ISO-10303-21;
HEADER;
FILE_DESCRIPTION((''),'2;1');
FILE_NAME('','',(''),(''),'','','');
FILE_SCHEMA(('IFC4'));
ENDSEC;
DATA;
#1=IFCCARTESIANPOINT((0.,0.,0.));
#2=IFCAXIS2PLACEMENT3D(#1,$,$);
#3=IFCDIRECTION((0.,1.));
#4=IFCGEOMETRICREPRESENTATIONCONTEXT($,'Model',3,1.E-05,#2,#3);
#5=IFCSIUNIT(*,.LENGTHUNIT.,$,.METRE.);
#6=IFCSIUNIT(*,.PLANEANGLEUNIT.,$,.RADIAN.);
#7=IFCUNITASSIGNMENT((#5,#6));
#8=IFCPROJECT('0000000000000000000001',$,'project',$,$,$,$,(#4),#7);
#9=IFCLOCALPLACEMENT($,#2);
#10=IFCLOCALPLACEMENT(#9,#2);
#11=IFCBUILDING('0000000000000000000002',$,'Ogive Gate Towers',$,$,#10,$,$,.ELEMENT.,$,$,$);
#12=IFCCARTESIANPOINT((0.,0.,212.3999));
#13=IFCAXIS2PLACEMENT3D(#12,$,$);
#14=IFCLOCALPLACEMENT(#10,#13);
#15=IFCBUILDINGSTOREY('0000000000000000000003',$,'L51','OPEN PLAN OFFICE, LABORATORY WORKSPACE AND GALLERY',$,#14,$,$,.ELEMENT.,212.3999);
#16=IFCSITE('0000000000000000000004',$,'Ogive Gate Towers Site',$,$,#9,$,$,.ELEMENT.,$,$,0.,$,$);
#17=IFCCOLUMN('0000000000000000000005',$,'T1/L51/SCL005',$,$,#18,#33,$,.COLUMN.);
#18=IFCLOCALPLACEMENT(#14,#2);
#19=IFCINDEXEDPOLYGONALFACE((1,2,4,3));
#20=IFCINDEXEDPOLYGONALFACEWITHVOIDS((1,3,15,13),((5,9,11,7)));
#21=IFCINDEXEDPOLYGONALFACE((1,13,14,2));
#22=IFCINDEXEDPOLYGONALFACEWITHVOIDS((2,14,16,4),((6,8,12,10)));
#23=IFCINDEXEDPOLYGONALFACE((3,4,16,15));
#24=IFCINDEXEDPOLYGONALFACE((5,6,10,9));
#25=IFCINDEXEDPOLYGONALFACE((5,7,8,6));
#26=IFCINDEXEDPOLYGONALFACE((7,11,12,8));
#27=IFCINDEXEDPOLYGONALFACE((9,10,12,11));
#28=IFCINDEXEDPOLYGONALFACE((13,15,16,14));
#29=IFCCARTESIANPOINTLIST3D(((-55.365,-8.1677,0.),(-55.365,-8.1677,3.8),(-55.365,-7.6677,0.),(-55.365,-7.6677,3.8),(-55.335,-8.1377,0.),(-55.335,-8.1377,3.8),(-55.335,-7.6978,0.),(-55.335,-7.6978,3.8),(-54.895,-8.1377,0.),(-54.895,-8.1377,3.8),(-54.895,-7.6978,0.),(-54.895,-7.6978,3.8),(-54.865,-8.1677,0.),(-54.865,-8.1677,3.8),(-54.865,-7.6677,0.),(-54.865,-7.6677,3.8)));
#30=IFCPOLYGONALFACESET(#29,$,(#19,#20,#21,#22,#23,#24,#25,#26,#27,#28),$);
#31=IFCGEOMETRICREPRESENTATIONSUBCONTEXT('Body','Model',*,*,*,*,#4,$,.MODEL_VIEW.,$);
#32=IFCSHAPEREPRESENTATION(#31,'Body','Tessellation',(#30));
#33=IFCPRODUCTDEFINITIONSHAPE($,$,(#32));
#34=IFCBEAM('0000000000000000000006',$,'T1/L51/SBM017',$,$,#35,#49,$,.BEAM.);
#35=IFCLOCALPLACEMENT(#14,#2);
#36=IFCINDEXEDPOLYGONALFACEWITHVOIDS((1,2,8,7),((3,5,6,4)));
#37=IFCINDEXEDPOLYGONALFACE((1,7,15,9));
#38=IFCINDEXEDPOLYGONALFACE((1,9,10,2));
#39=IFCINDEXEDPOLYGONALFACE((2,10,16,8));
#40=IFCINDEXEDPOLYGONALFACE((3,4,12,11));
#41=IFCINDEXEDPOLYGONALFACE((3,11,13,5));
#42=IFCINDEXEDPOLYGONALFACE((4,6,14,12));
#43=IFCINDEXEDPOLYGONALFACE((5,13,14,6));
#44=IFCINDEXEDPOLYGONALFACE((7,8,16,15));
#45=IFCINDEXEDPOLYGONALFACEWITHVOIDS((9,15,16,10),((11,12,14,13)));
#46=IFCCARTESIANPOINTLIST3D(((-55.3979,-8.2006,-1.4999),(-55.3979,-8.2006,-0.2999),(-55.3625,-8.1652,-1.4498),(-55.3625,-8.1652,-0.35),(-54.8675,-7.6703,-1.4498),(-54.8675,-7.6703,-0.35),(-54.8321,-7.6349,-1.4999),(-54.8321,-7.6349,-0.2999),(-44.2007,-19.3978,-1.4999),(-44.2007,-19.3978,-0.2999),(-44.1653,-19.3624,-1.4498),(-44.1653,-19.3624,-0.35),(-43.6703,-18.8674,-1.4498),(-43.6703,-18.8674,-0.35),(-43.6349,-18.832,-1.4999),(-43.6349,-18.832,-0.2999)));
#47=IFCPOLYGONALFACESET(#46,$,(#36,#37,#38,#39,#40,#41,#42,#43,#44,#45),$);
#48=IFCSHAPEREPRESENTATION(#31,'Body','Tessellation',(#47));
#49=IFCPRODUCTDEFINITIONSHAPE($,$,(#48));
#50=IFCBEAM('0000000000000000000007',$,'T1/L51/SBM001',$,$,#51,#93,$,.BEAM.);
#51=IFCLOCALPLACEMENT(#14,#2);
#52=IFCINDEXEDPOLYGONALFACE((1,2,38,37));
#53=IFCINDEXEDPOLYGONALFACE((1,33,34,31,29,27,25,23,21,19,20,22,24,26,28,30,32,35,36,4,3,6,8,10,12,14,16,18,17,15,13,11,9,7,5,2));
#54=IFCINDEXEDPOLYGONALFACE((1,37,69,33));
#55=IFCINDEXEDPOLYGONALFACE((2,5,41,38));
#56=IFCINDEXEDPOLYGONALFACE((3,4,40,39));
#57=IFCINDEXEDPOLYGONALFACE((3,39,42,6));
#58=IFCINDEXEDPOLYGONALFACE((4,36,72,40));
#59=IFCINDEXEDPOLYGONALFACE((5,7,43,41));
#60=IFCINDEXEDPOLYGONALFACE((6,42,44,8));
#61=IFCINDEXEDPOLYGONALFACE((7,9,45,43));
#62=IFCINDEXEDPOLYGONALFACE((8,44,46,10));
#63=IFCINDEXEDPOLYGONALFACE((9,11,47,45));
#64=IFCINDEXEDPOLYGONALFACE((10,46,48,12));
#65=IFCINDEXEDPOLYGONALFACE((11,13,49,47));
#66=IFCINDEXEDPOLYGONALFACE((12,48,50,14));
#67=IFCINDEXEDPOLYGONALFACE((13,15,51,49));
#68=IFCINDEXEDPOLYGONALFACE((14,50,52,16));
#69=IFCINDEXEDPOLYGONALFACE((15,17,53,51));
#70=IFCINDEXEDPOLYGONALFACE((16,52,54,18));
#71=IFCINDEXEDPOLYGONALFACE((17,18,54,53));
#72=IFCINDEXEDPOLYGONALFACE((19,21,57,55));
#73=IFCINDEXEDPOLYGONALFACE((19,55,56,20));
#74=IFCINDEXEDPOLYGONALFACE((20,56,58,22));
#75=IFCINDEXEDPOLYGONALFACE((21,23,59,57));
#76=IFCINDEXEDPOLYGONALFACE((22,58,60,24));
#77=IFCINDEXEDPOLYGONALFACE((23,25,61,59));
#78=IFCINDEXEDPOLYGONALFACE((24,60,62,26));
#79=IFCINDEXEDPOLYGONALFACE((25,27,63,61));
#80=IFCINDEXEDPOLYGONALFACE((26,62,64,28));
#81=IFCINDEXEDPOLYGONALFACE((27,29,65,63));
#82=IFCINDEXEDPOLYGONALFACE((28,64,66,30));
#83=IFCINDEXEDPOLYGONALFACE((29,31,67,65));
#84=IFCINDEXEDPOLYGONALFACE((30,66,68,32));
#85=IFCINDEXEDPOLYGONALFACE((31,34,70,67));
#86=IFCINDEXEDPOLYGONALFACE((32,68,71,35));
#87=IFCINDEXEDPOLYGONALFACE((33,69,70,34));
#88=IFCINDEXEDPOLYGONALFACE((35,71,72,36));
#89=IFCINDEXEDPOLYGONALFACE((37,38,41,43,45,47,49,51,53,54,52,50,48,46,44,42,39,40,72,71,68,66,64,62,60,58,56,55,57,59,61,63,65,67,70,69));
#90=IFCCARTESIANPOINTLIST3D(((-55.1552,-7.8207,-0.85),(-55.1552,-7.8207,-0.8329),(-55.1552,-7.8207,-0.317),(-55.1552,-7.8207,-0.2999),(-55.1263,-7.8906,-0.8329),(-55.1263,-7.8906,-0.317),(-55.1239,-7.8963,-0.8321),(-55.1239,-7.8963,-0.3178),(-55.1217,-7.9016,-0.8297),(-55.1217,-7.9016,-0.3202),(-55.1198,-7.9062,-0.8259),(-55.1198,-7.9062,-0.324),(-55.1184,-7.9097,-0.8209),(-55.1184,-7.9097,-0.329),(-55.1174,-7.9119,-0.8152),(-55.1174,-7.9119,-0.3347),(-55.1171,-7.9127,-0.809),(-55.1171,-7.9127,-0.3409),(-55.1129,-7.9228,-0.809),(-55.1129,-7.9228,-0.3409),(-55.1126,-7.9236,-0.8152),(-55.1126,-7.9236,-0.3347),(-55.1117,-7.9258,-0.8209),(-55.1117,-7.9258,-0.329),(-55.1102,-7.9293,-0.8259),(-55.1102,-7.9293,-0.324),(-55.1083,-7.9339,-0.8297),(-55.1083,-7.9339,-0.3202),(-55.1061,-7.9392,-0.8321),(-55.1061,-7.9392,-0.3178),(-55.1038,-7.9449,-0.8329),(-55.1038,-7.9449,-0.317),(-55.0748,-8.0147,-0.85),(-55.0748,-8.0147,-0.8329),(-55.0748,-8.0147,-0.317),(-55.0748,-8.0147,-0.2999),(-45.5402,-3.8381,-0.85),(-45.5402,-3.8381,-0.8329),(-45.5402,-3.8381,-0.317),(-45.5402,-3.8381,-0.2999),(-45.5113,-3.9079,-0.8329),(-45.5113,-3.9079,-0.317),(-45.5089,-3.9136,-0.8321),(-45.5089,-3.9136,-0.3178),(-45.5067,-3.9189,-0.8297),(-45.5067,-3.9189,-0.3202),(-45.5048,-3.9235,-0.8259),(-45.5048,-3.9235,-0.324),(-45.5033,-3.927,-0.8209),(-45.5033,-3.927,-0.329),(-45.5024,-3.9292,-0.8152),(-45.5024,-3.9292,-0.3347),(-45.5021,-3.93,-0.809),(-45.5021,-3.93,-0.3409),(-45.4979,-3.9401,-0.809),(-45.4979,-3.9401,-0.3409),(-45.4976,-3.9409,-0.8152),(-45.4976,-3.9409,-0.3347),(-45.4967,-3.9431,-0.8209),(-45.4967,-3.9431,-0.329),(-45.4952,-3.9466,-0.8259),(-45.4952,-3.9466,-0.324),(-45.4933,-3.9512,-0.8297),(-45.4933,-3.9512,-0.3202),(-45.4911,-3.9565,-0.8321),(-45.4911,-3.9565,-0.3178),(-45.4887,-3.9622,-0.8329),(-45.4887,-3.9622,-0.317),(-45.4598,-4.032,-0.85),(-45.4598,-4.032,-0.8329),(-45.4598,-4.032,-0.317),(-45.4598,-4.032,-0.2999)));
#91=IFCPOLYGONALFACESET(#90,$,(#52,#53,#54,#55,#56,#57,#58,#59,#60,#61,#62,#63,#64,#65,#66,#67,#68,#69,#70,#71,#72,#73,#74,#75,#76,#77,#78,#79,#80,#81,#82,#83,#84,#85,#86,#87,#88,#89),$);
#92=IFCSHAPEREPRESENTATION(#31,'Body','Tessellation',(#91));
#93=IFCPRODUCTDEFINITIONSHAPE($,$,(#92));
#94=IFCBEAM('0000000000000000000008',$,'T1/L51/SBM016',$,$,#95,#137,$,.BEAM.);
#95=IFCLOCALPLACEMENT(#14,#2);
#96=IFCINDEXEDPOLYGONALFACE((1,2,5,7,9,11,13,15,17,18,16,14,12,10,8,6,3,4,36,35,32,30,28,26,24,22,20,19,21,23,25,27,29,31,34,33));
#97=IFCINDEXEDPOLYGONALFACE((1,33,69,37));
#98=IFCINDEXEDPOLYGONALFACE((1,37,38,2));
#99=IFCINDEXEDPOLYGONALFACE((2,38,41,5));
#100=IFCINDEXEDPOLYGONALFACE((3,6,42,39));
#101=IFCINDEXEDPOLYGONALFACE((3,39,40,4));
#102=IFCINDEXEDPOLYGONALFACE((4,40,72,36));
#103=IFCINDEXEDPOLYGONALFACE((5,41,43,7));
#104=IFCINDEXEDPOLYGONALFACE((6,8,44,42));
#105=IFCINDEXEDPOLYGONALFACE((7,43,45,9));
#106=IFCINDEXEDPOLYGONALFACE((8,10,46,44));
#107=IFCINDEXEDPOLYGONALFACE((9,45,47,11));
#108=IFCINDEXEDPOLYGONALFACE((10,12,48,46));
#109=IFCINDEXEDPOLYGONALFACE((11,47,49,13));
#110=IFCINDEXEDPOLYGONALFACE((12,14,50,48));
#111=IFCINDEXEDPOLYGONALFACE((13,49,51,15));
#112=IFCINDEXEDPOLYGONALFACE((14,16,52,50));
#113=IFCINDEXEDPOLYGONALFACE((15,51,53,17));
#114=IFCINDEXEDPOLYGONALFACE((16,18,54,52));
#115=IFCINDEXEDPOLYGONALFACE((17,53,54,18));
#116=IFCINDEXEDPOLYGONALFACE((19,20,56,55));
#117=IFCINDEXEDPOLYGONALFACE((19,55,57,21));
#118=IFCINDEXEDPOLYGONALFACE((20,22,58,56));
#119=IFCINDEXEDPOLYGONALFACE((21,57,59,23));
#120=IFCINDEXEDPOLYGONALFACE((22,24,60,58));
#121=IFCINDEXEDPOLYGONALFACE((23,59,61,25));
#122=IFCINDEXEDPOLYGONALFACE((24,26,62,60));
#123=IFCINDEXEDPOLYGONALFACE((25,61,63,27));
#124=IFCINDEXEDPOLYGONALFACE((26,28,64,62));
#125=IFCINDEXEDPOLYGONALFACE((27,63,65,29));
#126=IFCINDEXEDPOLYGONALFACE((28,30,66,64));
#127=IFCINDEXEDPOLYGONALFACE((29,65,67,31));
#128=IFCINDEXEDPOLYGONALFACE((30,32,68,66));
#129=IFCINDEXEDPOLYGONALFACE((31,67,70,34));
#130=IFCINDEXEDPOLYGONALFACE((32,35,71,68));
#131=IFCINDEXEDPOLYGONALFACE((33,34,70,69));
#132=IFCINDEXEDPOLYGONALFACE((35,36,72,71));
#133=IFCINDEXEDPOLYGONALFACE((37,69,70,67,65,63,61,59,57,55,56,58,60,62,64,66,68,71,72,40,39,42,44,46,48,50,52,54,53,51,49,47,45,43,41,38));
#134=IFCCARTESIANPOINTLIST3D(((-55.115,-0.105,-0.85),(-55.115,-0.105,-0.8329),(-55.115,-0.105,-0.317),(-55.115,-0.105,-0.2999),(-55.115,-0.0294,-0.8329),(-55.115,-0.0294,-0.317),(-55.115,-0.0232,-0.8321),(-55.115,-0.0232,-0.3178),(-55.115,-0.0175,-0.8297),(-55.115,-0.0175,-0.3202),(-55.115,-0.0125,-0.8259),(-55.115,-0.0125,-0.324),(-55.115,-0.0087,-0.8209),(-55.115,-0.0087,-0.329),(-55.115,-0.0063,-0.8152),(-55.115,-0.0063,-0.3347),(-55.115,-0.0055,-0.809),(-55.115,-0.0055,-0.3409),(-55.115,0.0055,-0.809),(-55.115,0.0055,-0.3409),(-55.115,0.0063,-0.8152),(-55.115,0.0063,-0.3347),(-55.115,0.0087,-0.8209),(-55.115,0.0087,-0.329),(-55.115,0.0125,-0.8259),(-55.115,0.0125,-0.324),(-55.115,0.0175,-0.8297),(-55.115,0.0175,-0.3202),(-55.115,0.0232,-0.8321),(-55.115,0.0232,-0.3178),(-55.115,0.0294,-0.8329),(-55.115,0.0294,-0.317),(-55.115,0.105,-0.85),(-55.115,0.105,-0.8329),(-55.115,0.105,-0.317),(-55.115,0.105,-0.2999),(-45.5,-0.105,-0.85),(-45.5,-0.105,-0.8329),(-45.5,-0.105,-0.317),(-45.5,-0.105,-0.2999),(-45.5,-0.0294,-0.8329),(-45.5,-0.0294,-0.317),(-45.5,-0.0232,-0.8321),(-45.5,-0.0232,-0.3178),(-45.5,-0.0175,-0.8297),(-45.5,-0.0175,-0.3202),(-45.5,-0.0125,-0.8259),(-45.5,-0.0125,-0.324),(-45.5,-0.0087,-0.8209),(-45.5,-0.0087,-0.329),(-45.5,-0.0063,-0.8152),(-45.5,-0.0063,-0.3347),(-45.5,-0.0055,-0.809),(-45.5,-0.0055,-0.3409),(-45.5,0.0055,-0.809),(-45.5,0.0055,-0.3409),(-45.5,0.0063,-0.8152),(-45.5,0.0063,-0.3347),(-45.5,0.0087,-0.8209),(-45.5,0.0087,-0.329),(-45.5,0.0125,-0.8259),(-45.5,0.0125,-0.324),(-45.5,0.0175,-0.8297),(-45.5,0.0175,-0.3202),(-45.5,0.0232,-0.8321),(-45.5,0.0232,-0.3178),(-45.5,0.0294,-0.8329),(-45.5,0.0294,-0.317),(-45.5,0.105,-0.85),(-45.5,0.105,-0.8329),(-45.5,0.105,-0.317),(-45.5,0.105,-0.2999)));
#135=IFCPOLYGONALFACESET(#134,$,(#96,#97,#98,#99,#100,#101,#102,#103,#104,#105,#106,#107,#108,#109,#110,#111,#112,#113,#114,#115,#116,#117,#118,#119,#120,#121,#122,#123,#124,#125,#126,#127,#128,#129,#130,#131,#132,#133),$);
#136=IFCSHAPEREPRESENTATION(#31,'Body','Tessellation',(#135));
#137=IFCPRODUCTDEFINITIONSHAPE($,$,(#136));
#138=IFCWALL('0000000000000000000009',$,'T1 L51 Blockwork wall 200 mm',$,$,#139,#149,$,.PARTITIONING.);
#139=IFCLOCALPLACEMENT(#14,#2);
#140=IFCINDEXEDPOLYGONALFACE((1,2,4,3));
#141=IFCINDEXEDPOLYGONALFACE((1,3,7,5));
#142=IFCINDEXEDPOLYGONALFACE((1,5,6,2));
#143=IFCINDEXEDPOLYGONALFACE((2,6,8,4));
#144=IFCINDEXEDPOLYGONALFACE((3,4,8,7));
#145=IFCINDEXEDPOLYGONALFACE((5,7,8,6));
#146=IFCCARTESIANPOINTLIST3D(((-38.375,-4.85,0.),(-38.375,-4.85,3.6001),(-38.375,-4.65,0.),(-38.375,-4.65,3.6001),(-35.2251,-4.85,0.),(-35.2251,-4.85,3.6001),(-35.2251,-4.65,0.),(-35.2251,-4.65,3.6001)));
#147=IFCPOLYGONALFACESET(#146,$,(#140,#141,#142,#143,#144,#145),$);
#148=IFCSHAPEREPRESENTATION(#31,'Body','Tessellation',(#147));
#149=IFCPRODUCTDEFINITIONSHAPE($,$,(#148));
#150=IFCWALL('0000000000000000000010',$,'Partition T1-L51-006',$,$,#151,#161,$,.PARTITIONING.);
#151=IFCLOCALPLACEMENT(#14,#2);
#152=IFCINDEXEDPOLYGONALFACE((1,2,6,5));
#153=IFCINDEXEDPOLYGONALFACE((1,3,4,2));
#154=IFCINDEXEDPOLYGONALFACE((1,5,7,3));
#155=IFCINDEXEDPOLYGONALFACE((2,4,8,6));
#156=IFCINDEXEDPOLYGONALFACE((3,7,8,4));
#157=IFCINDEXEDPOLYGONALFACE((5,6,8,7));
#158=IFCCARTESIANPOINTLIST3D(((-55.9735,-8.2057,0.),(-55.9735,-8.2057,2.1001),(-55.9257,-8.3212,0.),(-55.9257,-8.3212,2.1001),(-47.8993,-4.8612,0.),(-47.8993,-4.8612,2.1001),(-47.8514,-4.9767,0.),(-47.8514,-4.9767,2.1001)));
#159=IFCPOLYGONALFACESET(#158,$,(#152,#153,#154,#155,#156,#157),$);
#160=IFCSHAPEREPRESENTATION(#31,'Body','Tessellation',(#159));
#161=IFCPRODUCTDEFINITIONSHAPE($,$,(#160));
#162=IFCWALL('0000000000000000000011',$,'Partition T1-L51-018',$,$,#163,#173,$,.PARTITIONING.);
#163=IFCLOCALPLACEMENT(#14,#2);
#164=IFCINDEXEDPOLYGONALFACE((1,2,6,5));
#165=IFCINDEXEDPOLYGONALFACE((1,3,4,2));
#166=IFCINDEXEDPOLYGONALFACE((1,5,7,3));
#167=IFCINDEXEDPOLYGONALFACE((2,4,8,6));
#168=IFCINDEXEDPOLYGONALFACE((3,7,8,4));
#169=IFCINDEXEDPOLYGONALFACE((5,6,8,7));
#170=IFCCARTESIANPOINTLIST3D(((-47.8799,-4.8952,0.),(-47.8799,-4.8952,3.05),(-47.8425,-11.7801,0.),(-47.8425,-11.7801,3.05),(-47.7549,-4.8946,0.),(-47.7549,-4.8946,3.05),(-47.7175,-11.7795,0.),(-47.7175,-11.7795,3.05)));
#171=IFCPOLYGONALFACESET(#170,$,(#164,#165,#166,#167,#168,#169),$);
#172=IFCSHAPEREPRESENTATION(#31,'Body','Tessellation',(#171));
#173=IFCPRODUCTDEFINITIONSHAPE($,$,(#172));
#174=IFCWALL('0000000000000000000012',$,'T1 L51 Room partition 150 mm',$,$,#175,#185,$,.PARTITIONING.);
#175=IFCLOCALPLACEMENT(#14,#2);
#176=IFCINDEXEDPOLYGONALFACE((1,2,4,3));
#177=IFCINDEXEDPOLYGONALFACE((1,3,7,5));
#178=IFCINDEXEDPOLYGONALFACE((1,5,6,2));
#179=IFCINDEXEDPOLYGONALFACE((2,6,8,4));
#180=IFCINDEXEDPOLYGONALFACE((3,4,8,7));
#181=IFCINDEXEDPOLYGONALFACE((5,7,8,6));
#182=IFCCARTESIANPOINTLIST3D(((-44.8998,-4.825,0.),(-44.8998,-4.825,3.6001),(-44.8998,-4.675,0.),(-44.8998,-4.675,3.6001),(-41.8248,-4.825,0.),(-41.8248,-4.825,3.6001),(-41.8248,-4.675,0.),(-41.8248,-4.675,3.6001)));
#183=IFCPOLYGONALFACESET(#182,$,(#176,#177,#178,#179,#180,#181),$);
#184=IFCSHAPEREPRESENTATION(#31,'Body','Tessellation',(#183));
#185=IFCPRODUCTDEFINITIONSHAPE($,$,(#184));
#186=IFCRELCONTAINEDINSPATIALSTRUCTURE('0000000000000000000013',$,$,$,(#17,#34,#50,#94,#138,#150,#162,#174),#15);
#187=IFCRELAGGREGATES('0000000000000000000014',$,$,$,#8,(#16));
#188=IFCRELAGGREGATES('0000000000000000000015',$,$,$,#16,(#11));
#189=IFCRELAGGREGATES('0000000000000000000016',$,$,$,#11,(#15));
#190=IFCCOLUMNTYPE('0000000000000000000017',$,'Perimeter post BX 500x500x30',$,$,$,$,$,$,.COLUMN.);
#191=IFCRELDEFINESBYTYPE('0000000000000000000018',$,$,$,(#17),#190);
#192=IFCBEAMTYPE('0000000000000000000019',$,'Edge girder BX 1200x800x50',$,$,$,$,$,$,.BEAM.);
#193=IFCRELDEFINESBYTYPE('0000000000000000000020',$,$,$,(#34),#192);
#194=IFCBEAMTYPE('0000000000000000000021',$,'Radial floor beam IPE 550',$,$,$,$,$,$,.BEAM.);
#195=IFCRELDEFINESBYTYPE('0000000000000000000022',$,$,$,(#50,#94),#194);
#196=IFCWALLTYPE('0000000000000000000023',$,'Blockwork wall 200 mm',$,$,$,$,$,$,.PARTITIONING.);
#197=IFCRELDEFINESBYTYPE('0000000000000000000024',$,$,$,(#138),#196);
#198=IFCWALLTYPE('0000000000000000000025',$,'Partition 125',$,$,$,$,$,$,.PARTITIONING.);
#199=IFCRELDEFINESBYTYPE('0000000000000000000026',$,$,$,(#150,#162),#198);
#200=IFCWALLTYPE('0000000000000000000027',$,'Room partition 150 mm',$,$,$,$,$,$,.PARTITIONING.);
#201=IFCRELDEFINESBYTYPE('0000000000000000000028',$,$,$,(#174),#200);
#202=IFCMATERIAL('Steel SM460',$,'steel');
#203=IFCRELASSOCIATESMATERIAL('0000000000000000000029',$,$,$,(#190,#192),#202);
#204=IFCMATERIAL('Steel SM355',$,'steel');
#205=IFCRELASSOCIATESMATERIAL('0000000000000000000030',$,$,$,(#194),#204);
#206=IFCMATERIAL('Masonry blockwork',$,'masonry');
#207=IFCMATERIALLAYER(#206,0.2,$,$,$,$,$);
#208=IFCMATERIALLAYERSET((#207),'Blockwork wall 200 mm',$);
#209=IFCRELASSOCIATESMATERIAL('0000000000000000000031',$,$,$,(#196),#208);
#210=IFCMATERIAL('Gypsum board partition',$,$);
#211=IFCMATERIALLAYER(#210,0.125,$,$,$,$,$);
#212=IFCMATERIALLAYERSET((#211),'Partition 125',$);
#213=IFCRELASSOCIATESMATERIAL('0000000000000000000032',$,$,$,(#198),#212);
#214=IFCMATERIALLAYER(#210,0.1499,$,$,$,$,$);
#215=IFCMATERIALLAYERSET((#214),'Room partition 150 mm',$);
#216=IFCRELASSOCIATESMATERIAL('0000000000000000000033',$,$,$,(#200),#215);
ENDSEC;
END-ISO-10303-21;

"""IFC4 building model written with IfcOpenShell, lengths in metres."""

from ifc_helpers import new_model, si_unit, direction, frame, frame_2d, origin, origin_2d, place, context, subcontext, project, spatial, rectangle, hollow_rectangle, i_section, extrude, material, layer, layer_set, material_profile, profile_set, type_object, element, save


model = new_model("IFC4")

# Units and contexts
model_context = context("Model", 3, precision=1e-05, world=origin(), true_north=direction((0.0, 1.0)))
body_context = subcontext(model_context, "Body", "Model", "MODEL_VIEW")
ifc_project = project(units=[si_unit("LENGTHUNIT", "METRE"), si_unit("PLANEANGLEUNIT", "RADIAN")], contexts=[model_context])

# Site, building, storey
site_placement = place(None, origin())
site = spatial("IfcSite", under=ifc_project, at=site_placement, Name="Ogive Gate Towers Site", CompositionType="ELEMENT", RefElevation=0.0)
building_placement = place(site_placement, origin())
building = spatial("IfcBuilding", under=site, at=building_placement, Name="Ogive Gate Towers", CompositionType="ELEMENT")
storey_placement = place(building_placement, frame((0.0, 0.0, 212.3999)))
storey = spatial("IfcBuildingStorey", under=building, at=storey_placement, Name="L51", Description="OPEN PLAN OFFICE, LABORATORY WORKSPACE AND GALLERY", CompositionType="ELEMENT", Elevation=212.3999)

# Column
ifc_material_1 = material(Name="Steel SM460", Category="steel")
ifc_material_profile_1 = material_profile(ifc_material_1, hollow_rectangle(XDim=0.5, YDim=0.5, WallThickness=0.03, at=origin_2d()), Name="BX 500x500x30")
ifc_profile_set_1 = profile_set([ifc_material_profile_1], Name="Steel SM460")
column_type = type_object("IfcColumnType", Name="Perimeter post BX 500x500x30", PredefinedType="COLUMN", material=ifc_profile_set_1)
column_placement = place(storey_placement, frame((-55.115, -7.9177, 0.0), z_axis=(0.0, 0.0, 1.0), x_axis=(1.0, 0.0, 0.0)))
element("IfcColumn", 1, at=column_placement, inside=storey, type_object=column_type, Name="T1/L51/SCL005", PredefinedType="COLUMN", context=body_context, shape_type="SweptSolid", body=[
    extrude(hollow_rectangle(XDim=0.5, YDim=0.5, WallThickness=0.03, at=origin_2d()), origin(), (0.0, 0.0, 1.0), 3.8),
])

# Beams
ifc_material_profile_2 = material_profile(ifc_material_1, hollow_rectangle(XDim=0.8, YDim=1.2, WallThickness=0.05, at=origin_2d()), Name="BX 1200x800x50")
ifc_profile_set_2 = profile_set([ifc_material_profile_2], Name="Steel SM460")
beam_type_1 = type_object("IfcBeamType", Name="Edge girder BX 1200x800x50", PredefinedType="BEAM", material=ifc_profile_set_2)
beam_1_placement = place(storey_placement, frame((-55.115, -7.9177, -0.8999), z_axis=(0.707107, -0.707107, 0.0), x_axis=(0.707107, 0.707107, 0.0)))
element("IfcBeam", 2, at=beam_1_placement, inside=storey, type_object=beam_type_1, Name="T1/L51/SBM017", PredefinedType="BEAM", context=body_context, shape_type="SweptSolid", body=[
    extrude(hollow_rectangle(XDim=0.8, YDim=1.2, WallThickness=0.05, at=origin_2d()), origin(), (0.0, 0.0, 1.0), 15.8352),
])
ifc_material_2 = material(Name="Steel SM355", Category="steel")
ifc_material_profile_3 = material_profile(ifc_material_2, i_section(OverallWidth=0.21, OverallDepth=0.55, WebThickness=0.011, FlangeThickness=0.0171, FilletRadius=0.0239, at=origin_2d()), Name="IPE 550")
ifc_profile_set_3 = profile_set([ifc_material_profile_3], Name="Steel SM355")
beam_type_2 = type_object("IfcBeamType", Name="Radial floor beam IPE 550", PredefinedType="BEAM", material=ifc_profile_set_3)
beam_2_placement = place(storey_placement, frame((-45.5, -3.9351, -0.575), z_axis=(-0.923879, -0.382684, 0.0), x_axis=(0.382684, -0.923879, 0.0)))
element("IfcBeam", 3, at=beam_2_placement, inside=storey, type_object=beam_type_2, Name="T1/L51/SBM001", PredefinedType="BEAM", context=body_context, shape_type="SweptSolid", body=[
    extrude(i_section(OverallWidth=0.21, OverallDepth=0.55, WebThickness=0.011, FlangeThickness=0.0171, FilletRadius=0.0239, at=origin_2d()), origin(), (0.0, 0.0, 1.0), 10.4072),
])
beam_3_placement = place(storey_placement, frame((-45.5, 0.0, -0.575), z_axis=(-1.0, 0.0, 0.0), x_axis=(0.0, -1.0, 0.0)))
element("IfcBeam", 4, at=beam_3_placement, inside=storey, type_object=beam_type_2, Name="T1/L51/SBM016", PredefinedType="BEAM", context=body_context, shape_type="SweptSolid", body=[
    extrude(i_section(OverallWidth=0.21, OverallDepth=0.55, WebThickness=0.011, FlangeThickness=0.0171, FilletRadius=0.0239, at=origin_2d()), origin(), (0.0, 0.0, 1.0), 9.615),
])

# Walls
ifc_material_3 = material(Name="Masonry blockwork", Category="masonry")
ifc_layer_1 = layer(ifc_material_3, 0.2)
ifc_layer_set_1 = layer_set([ifc_layer_1], Name="Blockwork wall 200 mm")
wall_type_1 = type_object("IfcWallType", Name="Blockwork wall 200 mm", PredefinedType="PARTITIONING", material=ifc_layer_set_1)
wall_1_placement = place(storey_placement, frame((-38.375, -4.75, 0.0), z_axis=(0.0, 0.0, 1.0), x_axis=(1.0, 0.0, 0.0)))
element("IfcWall", 5, at=wall_1_placement, inside=storey, type_object=wall_type_1, Name="T1 L51 Blockwork wall 200 mm", PredefinedType="PARTITIONING", context=body_context, shape_type="SweptSolid", body=[
    extrude(rectangle(XDim=3.1499, YDim=0.2, at=frame_2d((1.575, 0.0))), origin(), (0.0, 0.0, 1.0), 3.6001),
])
ifc_material_4 = material(Name="Gypsum board partition")
ifc_layer_2 = layer(ifc_material_4, 0.125)
ifc_layer_set_2 = layer_set([ifc_layer_2], Name="Partition 125")
wall_type_2 = type_object("IfcWallType", Name="Partition 125", PredefinedType="PARTITIONING", material=ifc_layer_set_2)
wall_2_placement = place(storey_placement, frame((-55.9495, -8.2634, 0.0), z_axis=(0.0, 0.0, 1.0), x_axis=(0.923878, 0.382687, 0.0)))
element("IfcWall", 6, at=wall_2_placement, inside=storey, type_object=wall_type_2, Name="Partition T1-L51-006", PredefinedType="PARTITIONING", context=body_context, shape_type="SweptSolid", body=[
    extrude(rectangle(XDim=8.7395, YDim=0.125, at=frame_2d((4.3696, 0.0))), origin(), (0.0, 0.0, 1.0), 2.1001),
])
wall_3_placement = place(storey_placement, frame((-47.8174, -4.895, 0.0), z_axis=(0.0, 0.0, 1.0), x_axis=(0.005425, -0.999985, 0.0)))
element("IfcWall", 7, at=wall_3_placement, inside=storey, type_object=wall_type_2, Name="Partition T1-L51-018", PredefinedType="PARTITIONING", context=body_context, shape_type="SweptSolid", body=[
    extrude(rectangle(XDim=6.885, YDim=0.125, at=frame_2d((3.4424, 0.0))), origin(), (0.0, 0.0, 1.0), 3.05),
])
ifc_layer_3 = layer(ifc_material_4, 0.1499)
ifc_layer_set_3 = layer_set([ifc_layer_3], Name="Room partition 150 mm")
wall_type_3 = type_object("IfcWallType", Name="Room partition 150 mm", PredefinedType="PARTITIONING", material=ifc_layer_set_3)
wall_4_placement = place(storey_placement, frame((-44.8999, -4.75, 0.0), z_axis=(0.0, 0.0, 1.0), x_axis=(1.0, 0.0, 0.0)))
element("IfcWall", 8, at=wall_4_placement, inside=storey, type_object=wall_type_3, Name="T1 L51 Room partition 150 mm", PredefinedType="PARTITIONING", context=body_context, shape_type="SweptSolid", body=[
    extrude(rectangle(XDim=3.075, YDim=0.1499, at=frame_2d((1.5376, 0.0))), origin(), (0.0, 0.0, 1.0), 3.6001),
])

save(model, "model.ifc")
